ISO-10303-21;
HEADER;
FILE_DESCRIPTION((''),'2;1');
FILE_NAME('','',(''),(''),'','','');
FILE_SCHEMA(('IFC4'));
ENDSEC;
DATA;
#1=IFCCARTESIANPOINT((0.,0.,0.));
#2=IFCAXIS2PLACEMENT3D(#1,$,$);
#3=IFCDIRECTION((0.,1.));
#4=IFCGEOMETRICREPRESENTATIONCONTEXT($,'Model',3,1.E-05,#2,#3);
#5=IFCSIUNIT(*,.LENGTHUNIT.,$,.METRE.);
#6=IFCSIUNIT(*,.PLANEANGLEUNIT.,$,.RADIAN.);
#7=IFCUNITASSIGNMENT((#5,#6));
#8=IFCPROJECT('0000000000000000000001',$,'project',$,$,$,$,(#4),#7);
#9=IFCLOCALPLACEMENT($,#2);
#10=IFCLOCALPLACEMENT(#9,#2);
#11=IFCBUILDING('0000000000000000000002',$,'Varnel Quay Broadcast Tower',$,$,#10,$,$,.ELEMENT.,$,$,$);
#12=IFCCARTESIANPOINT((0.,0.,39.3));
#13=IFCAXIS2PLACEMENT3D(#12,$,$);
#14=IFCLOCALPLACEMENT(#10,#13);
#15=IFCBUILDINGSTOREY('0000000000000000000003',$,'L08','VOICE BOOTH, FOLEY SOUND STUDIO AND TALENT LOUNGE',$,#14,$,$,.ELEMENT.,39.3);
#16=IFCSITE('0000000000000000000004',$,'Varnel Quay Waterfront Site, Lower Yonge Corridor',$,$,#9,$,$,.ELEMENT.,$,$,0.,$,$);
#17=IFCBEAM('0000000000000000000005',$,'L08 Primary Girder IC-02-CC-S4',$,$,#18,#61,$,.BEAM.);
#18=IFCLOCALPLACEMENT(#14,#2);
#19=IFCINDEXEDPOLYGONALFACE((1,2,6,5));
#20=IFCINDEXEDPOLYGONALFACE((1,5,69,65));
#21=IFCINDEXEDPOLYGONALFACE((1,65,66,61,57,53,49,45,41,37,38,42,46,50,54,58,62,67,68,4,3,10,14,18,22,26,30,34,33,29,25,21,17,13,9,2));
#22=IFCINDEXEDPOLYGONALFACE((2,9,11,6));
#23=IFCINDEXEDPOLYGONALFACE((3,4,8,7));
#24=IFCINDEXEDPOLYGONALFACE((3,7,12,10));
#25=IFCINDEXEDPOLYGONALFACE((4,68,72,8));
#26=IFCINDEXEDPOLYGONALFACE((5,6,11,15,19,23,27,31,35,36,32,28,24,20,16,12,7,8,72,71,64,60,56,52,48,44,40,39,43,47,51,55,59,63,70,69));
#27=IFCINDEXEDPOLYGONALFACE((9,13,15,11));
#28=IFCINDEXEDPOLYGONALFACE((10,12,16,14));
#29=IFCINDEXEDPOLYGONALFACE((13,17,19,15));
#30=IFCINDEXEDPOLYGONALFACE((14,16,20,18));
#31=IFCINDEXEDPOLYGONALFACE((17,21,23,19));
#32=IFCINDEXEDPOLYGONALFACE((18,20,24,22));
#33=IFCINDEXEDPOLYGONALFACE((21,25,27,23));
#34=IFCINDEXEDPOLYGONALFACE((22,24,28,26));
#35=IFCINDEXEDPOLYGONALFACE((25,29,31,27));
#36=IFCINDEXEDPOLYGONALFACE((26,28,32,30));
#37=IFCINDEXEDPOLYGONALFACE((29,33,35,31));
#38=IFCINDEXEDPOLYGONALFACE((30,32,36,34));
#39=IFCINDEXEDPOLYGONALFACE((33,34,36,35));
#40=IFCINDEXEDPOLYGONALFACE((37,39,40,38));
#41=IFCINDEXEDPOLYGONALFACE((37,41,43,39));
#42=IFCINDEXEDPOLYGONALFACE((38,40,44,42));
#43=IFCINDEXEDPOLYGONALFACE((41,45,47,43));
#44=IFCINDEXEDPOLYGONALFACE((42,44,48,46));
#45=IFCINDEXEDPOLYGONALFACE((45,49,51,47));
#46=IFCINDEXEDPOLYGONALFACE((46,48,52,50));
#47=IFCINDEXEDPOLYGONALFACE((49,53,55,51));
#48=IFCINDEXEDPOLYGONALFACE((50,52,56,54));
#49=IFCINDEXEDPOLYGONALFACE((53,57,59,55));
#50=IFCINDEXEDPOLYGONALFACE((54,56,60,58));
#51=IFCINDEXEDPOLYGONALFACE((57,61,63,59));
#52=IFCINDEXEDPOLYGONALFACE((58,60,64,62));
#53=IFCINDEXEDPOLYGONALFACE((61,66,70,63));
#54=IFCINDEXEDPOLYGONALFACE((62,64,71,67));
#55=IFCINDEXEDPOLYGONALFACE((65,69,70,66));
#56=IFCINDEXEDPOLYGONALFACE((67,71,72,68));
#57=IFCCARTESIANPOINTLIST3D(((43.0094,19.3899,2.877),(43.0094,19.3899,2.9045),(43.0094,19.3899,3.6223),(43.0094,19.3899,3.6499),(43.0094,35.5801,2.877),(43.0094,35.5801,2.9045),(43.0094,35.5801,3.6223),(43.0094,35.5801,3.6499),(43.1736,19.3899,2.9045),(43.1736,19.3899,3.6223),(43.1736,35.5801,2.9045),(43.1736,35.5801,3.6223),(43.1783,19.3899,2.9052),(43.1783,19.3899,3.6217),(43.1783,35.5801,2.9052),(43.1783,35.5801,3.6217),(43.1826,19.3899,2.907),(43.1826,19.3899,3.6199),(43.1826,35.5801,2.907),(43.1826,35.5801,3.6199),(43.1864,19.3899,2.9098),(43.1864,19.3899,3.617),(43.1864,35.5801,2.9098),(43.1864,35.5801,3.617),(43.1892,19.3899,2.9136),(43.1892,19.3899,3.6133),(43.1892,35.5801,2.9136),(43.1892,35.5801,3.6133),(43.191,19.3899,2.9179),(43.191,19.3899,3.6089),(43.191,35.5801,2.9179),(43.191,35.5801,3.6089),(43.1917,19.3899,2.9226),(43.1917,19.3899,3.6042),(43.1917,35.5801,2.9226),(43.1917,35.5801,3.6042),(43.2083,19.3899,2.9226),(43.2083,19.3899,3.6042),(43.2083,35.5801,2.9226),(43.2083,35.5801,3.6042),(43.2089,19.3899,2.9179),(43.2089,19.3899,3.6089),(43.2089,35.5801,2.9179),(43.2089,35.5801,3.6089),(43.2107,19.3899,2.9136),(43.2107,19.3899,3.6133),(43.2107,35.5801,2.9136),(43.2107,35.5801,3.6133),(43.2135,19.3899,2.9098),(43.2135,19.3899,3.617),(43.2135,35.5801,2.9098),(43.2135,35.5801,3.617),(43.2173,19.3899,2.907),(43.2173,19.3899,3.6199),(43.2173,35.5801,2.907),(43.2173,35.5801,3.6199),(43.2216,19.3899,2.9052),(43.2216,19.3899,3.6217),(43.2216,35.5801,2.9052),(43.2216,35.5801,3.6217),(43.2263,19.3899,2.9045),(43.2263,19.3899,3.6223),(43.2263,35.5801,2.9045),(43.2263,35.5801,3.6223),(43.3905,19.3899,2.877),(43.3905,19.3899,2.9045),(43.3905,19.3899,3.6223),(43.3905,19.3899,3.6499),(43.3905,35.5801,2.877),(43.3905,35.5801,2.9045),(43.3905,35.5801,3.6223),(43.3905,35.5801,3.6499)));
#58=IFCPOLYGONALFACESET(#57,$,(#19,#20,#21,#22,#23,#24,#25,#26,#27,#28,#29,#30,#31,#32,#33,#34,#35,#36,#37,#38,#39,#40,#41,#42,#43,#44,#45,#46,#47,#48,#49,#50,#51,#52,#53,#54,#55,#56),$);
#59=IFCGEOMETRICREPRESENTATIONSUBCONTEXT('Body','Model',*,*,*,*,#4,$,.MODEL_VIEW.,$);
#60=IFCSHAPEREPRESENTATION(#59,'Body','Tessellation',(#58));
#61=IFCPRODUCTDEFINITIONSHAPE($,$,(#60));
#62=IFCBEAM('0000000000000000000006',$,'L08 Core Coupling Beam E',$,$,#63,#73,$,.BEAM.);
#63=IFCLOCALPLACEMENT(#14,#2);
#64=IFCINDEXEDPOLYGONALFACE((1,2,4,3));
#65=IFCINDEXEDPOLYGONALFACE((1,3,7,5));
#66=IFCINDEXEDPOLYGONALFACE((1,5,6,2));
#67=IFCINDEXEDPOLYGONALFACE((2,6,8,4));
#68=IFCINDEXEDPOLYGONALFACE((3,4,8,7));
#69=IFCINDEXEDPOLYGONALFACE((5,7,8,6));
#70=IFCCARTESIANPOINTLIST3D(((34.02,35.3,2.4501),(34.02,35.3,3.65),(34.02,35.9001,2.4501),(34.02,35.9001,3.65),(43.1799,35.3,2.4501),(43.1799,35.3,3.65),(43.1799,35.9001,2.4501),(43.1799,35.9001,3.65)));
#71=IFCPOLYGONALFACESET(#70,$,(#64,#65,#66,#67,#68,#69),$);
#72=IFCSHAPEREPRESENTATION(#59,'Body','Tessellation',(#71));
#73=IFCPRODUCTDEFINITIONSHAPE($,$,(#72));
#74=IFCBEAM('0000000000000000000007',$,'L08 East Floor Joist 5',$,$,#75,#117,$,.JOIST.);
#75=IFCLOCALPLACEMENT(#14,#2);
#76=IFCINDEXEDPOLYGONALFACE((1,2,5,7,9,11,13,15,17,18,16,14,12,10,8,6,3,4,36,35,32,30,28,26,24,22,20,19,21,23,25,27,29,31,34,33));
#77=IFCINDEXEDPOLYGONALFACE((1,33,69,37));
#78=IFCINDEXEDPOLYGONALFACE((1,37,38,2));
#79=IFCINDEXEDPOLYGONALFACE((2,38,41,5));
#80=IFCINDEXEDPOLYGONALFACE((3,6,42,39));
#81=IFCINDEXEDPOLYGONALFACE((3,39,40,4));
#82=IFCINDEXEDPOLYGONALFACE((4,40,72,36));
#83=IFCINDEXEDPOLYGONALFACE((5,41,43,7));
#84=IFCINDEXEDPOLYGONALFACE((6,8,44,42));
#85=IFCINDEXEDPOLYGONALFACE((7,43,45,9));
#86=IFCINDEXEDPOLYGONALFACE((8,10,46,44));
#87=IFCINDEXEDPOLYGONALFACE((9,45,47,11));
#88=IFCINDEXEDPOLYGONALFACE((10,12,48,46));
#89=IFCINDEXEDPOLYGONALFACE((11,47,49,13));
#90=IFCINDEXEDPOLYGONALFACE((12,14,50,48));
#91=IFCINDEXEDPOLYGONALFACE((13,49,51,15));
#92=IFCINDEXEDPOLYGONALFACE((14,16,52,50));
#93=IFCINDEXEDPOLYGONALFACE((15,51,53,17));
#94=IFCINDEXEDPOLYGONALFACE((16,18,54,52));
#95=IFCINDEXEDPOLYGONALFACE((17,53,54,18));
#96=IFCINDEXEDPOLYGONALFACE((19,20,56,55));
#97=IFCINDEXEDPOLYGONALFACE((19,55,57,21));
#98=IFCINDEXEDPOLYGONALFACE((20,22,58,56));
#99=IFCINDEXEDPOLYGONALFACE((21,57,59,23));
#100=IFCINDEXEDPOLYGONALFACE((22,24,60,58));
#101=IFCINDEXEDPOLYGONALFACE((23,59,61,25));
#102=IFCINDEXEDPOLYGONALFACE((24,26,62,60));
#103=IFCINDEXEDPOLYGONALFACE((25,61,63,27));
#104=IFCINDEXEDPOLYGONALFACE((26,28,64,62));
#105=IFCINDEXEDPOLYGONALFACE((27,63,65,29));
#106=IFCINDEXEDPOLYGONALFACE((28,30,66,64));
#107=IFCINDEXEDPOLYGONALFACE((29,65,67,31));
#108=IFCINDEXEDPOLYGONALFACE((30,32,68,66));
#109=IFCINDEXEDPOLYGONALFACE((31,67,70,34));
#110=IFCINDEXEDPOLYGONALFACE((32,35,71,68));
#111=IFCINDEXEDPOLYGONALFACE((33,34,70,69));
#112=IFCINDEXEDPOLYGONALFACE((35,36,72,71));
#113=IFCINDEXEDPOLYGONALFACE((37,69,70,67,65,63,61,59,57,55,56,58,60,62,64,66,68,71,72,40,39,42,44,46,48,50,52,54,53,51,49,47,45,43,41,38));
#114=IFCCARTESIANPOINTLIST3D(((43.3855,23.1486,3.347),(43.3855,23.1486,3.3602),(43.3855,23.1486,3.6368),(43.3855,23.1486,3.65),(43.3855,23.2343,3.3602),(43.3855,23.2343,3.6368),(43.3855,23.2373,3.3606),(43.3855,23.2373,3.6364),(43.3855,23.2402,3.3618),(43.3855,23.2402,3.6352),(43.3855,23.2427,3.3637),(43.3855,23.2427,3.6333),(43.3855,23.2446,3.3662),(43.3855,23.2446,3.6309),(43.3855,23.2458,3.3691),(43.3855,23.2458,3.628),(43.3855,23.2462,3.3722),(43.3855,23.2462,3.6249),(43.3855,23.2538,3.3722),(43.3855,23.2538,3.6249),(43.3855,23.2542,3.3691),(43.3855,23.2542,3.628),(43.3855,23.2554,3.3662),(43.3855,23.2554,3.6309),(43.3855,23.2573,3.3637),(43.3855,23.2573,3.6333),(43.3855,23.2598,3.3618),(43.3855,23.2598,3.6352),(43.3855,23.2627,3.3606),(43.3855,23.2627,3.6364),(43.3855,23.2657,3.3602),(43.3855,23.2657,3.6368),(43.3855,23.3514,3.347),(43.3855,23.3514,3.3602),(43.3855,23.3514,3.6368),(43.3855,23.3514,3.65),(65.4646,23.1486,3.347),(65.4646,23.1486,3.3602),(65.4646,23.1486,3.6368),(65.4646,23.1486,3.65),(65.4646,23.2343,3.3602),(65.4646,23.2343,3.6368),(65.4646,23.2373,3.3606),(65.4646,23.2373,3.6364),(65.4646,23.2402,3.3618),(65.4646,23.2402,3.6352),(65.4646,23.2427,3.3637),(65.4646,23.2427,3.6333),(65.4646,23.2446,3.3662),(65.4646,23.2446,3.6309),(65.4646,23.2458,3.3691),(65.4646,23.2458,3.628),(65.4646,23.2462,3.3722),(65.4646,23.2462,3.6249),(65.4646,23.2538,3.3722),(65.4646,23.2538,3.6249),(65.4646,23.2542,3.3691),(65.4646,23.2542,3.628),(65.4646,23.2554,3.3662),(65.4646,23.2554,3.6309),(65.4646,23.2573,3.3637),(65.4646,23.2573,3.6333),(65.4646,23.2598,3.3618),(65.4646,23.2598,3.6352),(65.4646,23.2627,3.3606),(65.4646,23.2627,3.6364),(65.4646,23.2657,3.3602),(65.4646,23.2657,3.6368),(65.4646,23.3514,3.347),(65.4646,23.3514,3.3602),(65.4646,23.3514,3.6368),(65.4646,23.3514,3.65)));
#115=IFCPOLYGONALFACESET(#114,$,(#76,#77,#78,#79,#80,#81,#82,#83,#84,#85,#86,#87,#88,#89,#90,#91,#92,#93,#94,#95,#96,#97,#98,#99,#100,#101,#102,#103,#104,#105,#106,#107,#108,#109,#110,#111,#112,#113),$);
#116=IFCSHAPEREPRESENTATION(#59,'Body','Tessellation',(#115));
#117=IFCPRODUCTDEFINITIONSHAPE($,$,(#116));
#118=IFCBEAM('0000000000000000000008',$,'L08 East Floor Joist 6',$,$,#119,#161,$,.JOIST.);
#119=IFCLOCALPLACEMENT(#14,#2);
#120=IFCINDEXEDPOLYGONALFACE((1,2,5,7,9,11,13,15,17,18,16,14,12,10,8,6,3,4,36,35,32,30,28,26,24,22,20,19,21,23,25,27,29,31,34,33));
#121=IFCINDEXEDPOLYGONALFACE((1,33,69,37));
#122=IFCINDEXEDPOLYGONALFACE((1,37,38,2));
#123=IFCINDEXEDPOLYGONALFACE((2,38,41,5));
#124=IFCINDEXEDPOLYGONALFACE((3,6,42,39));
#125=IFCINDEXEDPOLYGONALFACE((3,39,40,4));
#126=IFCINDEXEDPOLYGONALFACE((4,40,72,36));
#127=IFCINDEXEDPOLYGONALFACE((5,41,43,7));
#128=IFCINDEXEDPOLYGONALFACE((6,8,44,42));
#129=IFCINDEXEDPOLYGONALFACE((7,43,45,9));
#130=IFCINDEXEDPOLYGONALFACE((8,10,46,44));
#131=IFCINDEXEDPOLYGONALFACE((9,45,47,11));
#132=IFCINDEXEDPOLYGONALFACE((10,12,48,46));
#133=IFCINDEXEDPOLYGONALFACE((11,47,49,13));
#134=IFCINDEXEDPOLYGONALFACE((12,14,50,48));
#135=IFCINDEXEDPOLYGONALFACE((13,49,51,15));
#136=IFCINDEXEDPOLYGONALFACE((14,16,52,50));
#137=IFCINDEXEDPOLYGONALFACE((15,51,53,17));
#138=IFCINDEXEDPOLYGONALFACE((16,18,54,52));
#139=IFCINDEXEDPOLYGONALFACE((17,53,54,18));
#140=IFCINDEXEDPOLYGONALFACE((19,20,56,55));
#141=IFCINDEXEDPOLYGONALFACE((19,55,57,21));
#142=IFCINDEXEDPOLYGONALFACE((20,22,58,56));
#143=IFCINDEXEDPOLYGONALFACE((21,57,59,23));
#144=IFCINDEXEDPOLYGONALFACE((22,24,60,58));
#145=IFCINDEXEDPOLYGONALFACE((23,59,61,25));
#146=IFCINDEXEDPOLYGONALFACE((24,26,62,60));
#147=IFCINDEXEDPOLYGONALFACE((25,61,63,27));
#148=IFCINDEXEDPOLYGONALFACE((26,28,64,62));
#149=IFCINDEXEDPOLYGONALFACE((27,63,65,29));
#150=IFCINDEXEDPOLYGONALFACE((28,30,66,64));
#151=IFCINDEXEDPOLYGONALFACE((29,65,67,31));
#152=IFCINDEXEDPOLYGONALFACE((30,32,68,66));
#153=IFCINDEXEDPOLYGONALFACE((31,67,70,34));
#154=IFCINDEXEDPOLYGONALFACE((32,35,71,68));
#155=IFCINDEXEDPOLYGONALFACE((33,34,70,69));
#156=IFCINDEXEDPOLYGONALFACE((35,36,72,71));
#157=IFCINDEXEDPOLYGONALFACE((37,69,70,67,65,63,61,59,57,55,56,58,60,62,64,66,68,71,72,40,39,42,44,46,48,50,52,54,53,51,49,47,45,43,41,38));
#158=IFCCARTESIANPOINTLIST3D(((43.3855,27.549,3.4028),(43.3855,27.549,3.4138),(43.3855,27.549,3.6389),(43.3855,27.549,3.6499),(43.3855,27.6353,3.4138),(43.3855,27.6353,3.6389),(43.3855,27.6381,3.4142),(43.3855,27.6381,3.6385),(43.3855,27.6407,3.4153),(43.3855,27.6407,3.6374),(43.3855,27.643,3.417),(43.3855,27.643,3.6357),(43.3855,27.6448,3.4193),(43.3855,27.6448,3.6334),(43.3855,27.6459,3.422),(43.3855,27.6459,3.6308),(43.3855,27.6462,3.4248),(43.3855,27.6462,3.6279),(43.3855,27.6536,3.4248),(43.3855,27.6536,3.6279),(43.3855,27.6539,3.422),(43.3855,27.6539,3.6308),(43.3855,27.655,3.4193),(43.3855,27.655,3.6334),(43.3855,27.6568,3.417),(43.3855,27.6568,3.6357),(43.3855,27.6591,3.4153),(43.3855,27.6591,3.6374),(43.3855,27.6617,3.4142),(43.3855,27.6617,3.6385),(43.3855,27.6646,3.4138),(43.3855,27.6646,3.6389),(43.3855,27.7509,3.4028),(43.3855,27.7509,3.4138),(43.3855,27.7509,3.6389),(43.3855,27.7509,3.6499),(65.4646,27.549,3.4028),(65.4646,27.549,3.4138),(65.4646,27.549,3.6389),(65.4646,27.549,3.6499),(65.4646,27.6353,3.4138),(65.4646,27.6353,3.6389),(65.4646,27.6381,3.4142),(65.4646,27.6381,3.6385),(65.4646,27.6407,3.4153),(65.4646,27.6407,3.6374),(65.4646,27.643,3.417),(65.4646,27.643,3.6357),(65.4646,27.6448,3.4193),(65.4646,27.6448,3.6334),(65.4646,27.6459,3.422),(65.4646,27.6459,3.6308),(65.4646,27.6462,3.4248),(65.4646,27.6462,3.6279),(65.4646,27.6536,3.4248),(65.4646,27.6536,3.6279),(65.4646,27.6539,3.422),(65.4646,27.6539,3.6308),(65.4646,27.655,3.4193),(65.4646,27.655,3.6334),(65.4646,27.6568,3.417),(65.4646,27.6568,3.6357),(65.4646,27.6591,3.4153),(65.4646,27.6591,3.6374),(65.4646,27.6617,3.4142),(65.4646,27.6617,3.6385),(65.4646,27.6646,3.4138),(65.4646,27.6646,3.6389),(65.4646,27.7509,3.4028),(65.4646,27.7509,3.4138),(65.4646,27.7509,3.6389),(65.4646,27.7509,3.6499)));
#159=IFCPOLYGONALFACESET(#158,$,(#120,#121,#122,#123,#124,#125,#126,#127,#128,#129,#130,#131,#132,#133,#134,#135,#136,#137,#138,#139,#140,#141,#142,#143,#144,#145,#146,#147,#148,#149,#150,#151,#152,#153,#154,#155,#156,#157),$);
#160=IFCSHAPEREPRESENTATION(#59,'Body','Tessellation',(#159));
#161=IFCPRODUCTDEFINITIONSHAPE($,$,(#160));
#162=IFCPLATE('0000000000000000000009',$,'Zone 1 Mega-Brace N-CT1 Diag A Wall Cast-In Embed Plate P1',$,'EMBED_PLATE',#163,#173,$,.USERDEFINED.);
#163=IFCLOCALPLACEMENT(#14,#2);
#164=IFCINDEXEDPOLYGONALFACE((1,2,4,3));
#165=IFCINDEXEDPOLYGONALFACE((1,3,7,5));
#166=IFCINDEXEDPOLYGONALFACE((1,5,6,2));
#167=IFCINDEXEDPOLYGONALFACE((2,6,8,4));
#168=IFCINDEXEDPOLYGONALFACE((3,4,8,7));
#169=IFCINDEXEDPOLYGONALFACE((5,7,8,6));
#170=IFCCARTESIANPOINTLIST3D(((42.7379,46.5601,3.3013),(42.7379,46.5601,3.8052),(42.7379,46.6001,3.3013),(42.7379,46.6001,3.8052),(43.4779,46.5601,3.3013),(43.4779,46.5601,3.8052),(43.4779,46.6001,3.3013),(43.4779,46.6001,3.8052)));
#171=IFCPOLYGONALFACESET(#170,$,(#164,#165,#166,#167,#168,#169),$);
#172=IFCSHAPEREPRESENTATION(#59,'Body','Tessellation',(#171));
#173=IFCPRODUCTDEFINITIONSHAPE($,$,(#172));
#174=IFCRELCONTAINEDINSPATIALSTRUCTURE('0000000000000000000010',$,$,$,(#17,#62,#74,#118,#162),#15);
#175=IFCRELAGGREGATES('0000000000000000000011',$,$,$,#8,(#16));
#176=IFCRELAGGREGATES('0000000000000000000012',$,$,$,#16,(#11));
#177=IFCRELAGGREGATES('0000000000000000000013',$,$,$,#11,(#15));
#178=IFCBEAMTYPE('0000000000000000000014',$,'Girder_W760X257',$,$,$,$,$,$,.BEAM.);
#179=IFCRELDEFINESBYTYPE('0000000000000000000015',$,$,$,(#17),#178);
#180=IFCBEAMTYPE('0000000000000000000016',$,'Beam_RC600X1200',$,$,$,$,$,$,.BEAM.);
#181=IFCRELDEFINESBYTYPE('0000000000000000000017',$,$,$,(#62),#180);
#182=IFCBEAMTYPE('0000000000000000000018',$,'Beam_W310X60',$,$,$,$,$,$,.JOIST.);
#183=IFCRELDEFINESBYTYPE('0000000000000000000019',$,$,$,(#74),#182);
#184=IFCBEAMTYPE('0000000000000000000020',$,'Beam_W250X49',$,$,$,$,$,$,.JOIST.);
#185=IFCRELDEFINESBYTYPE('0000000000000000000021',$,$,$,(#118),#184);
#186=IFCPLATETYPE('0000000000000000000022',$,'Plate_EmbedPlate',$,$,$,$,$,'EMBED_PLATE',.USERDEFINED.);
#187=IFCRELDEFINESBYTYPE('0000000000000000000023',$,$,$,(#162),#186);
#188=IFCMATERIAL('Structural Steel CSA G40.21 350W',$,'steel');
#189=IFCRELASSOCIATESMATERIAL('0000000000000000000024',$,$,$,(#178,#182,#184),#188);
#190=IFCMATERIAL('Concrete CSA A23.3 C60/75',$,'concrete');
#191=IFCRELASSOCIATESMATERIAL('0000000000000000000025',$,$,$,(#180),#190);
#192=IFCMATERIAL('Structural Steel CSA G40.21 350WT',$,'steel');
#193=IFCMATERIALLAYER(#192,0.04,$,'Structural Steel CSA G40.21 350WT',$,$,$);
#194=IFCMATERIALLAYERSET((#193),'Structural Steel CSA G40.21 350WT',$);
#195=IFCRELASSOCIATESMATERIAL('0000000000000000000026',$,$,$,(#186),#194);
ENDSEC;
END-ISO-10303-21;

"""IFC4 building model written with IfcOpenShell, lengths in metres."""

from ifc_helpers import new_model, si_unit, direction, frame, origin, origin_2d, place, context, subcontext, project, spatial, rectangle, i_section, extrude, source, transform, mapped, material, layer, layer_set, material_profile, profile_set, type_object, type_shapes, element, save


model = new_model("IFC4")

# Units and contexts
model_context = context("Model", 3, precision=1e-05, world=origin(), true_north=direction((0.0, 1.0)))
body_context = subcontext(model_context, "Body", "Model", "MODEL_VIEW")
ifc_project = project(units=[si_unit("LENGTHUNIT", "METRE"), si_unit("PLANEANGLEUNIT", "RADIAN")], contexts=[model_context])

# Site, building, storey
site_placement = place(None, origin())
site = spatial("IfcSite", under=ifc_project, at=site_placement, Name="Varnel Quay Waterfront Site, Lower Yonge Corridor", CompositionType="ELEMENT", RefElevation=0.0)
building_placement = place(site_placement, origin())
building = spatial("IfcBuilding", under=site, at=building_placement, Name="Varnel Quay Broadcast Tower", CompositionType="ELEMENT")
storey_placement = place(building_placement, frame((0.0, 0.0, 39.3)))
storey = spatial("IfcBuildingStorey", under=building, at=storey_placement, Name="L08", Description="VOICE BOOTH, FOLEY SOUND STUDIO AND TALENT LOUNGE", CompositionType="ELEMENT", Elevation=39.3)

# Shared definitions
ifc_material_1 = material(Name="Structural Steel CSA G40.21 350WT", Category="steel")

# Beams
ifc_material_2 = material(Name="Structural Steel CSA G40.21 350W", Category="steel")
ifc_material_profile_1 = material_profile(ifc_material_2, i_section(OverallWidth=0.3811, OverallDepth=0.7729, WebThickness=0.0166, FlangeThickness=0.0276, FilletRadius=0.0181, at=origin_2d()), Name="W760X257")
ifc_profile_set_1 = profile_set([ifc_material_profile_1], Name="Structural Steel CSA G40.21 350W")
beam_type_1 = type_object("IfcBeamType", Name="Girder_W760X257", PredefinedType="BEAM", material=ifc_profile_set_1)
shared_shape_1 = source(origin(), body_context, "Body", "SweptSolid", [
    extrude(i_section(OverallWidth=0.3811, OverallDepth=0.7729, WebThickness=0.0166, FlangeThickness=0.0276, FilletRadius=0.0181, at=origin_2d()), origin(), (0.0, 0.0, 1.0), 16.1902),
])
type_shapes(beam_type_1, [shared_shape_1])
beam_1_placement = place(storey_placement, frame((43.2, 19.3899, 3.2634), z_axis=(0.0, 1.0, 0.0), x_axis=(-1.0, 0.0, 0.0)))
element("IfcBeam", 1, at=beam_1_placement, inside=storey, type_object=beam_type_1, Name="L08 Primary Girder IC-02-CC-S4", PredefinedType="BEAM", context=body_context, shape_type="MappedRepresentation", body=[
    mapped(shared_shape_1, transform((0.0, 0.0, 0.0), x_axis=(1.0, 0.0, 0.0), y_axis=(0.0, 1.0, 0.0), z_axis=(0.0, 0.0, 1.0), scale=1.0)),
])
ifc_material_3 = material(Name="Concrete CSA A23.3 C60/75", Category="concrete")
ifc_material_profile_2 = material_profile(ifc_material_3, rectangle(XDim=0.6001, YDim=1.2, at=origin_2d()), Name="RC600X1200")
ifc_profile_set_2 = profile_set([ifc_material_profile_2], Name="Concrete CSA A23.3 C60/75")
beam_type_2 = type_object("IfcBeamType", Name="Beam_RC600X1200", PredefinedType="BEAM", material=ifc_profile_set_2)
shared_shape_2 = source(origin(), body_context, "Body", "SweptSolid", [
    extrude(rectangle(XDim=0.6001, YDim=1.2, at=origin_2d()), origin(), (0.0, 0.0, 1.0), 9.1599),
])
type_shapes(beam_type_2, [shared_shape_2])
beam_2_placement = place(storey_placement, frame((34.02, 35.6001, 3.05), z_axis=(1.0, 0.0, 0.0), x_axis=(0.0, 1.0, 0.0)))
element("IfcBeam", 2, at=beam_2_placement, inside=storey, type_object=beam_type_2, Name="L08 Core Coupling Beam E", PredefinedType="BEAM", context=body_context, shape_type="MappedRepresentation", body=[
    mapped(shared_shape_2, transform((0.0, 0.0, 0.0), x_axis=(1.0, 0.0, 0.0), y_axis=(0.0, 1.0, 0.0), z_axis=(0.0, 0.0, 1.0), scale=1.0)),
])
ifc_material_profile_3 = material_profile(ifc_material_2, i_section(OverallWidth=0.2029, OverallDepth=0.303, WebThickness=0.0076, FlangeThickness=0.0132, FilletRadius=0.012, at=origin_2d()), Name="W310X60")
ifc_profile_set_3 = profile_set([ifc_material_profile_3], Name="Structural Steel CSA G40.21 350W")
beam_type_3 = type_object("IfcBeamType", Name="Beam_W310X60", PredefinedType="JOIST", material=ifc_profile_set_3)
shared_shape_3 = source(origin(), body_context, "Body", "SweptSolid", [
    extrude(i_section(OverallWidth=0.2029, OverallDepth=0.303, WebThickness=0.0076, FlangeThickness=0.0132, FilletRadius=0.012, at=origin_2d()), origin(), (0.0, 0.0, 1.0), 22.0791),
])
type_shapes(beam_type_3, [shared_shape_3])
beam_3_placement = place(storey_placement, frame((43.3855, 23.25, 3.4985), z_axis=(1.0, 0.0, 0.0), x_axis=(0.0, 1.0, 0.0)))
element("IfcBeam", 3, at=beam_3_placement, inside=storey, type_object=beam_type_3, Name="L08 East Floor Joist 5", PredefinedType="JOIST", context=body_context, shape_type="MappedRepresentation", body=[
    mapped(shared_shape_3, transform((0.0, 0.0, 0.0), x_axis=(1.0, 0.0, 0.0), y_axis=(0.0, 1.0, 0.0), z_axis=(0.0, 0.0, 1.0), scale=1.0)),
])
ifc_material_profile_4 = material_profile(ifc_material_2, i_section(OverallWidth=0.2019, OverallDepth=0.2471, WebThickness=0.0073, FlangeThickness=0.011, FilletRadius=0.011, at=origin_2d()), Name="W250X49")
ifc_profile_set_4 = profile_set([ifc_material_profile_4], Name="Structural Steel CSA G40.21 350W")
beam_type_4 = type_object("IfcBeamType", Name="Beam_W250X49", PredefinedType="JOIST", material=ifc_profile_set_4)
shared_shape_4 = source(origin(), body_context, "Body", "SweptSolid", [
    extrude(i_section(OverallWidth=0.2019, OverallDepth=0.2471, WebThickness=0.0073, FlangeThickness=0.011, FilletRadius=0.011, at=origin_2d()), origin(), (0.0, 0.0, 1.0), 22.0791),
])
type_shapes(beam_type_4, [shared_shape_4])
beam_4_placement = place(storey_placement, frame((43.3855, 27.6499, 3.5264), z_axis=(1.0, 0.0, 0.0), x_axis=(0.0, 1.0, 0.0)))
element("IfcBeam", 4, at=beam_4_placement, inside=storey, type_object=beam_type_4, Name="L08 East Floor Joist 6", PredefinedType="JOIST", context=body_context, shape_type="MappedRepresentation", body=[
    mapped(shared_shape_4, transform((0.0, 0.0, 0.0), x_axis=(1.0, 0.0, 0.0), y_axis=(0.0, 1.0, 0.0), z_axis=(0.0, 0.0, 1.0), scale=1.0)),
])

# Plate
ifc_layer_1 = layer(ifc_material_1, 0.04, Name="Structural Steel CSA G40.21 350WT")
ifc_layer_set_1 = layer_set([ifc_layer_1], Name="Structural Steel CSA G40.21 350WT")
plate_type = type_object("IfcPlateType", Name="Plate_EmbedPlate", ElementType="EMBED_PLATE", PredefinedType="USERDEFINED", material=ifc_layer_set_1)
shared_shape_5 = source(origin(), body_context, "Body", "SweptSolid", [
    extrude(rectangle(XDim=0.74, YDim=0.04, at=origin_2d()), origin(), (0.0, 0.0, 1.0), 0.5039),
])
type_shapes(plate_type, [shared_shape_5])
plate_placement = place(storey_placement, frame((43.1079, 46.5801, 3.3013), z_axis=(0.0, 0.0, 1.0), x_axis=(1.0, 0.0, 0.0)))
element("IfcPlate", 5, at=plate_placement, inside=storey, type_object=plate_type, Name="Zone 1 Mega-Brace N-CT1 Diag A Wall Cast-In Embed Plate P1", ObjectType="EMBED_PLATE", PredefinedType="USERDEFINED", context=body_context, shape_type="MappedRepresentation", body=[
    mapped(shared_shape_5, transform((0.0, 0.0, 0.0), x_axis=(1.0, 0.0, 0.0), y_axis=(0.0, 1.0, 0.0), z_axis=(0.0, 0.0, 1.0), scale=1.0)),
])

save(model, "model.ifc")
